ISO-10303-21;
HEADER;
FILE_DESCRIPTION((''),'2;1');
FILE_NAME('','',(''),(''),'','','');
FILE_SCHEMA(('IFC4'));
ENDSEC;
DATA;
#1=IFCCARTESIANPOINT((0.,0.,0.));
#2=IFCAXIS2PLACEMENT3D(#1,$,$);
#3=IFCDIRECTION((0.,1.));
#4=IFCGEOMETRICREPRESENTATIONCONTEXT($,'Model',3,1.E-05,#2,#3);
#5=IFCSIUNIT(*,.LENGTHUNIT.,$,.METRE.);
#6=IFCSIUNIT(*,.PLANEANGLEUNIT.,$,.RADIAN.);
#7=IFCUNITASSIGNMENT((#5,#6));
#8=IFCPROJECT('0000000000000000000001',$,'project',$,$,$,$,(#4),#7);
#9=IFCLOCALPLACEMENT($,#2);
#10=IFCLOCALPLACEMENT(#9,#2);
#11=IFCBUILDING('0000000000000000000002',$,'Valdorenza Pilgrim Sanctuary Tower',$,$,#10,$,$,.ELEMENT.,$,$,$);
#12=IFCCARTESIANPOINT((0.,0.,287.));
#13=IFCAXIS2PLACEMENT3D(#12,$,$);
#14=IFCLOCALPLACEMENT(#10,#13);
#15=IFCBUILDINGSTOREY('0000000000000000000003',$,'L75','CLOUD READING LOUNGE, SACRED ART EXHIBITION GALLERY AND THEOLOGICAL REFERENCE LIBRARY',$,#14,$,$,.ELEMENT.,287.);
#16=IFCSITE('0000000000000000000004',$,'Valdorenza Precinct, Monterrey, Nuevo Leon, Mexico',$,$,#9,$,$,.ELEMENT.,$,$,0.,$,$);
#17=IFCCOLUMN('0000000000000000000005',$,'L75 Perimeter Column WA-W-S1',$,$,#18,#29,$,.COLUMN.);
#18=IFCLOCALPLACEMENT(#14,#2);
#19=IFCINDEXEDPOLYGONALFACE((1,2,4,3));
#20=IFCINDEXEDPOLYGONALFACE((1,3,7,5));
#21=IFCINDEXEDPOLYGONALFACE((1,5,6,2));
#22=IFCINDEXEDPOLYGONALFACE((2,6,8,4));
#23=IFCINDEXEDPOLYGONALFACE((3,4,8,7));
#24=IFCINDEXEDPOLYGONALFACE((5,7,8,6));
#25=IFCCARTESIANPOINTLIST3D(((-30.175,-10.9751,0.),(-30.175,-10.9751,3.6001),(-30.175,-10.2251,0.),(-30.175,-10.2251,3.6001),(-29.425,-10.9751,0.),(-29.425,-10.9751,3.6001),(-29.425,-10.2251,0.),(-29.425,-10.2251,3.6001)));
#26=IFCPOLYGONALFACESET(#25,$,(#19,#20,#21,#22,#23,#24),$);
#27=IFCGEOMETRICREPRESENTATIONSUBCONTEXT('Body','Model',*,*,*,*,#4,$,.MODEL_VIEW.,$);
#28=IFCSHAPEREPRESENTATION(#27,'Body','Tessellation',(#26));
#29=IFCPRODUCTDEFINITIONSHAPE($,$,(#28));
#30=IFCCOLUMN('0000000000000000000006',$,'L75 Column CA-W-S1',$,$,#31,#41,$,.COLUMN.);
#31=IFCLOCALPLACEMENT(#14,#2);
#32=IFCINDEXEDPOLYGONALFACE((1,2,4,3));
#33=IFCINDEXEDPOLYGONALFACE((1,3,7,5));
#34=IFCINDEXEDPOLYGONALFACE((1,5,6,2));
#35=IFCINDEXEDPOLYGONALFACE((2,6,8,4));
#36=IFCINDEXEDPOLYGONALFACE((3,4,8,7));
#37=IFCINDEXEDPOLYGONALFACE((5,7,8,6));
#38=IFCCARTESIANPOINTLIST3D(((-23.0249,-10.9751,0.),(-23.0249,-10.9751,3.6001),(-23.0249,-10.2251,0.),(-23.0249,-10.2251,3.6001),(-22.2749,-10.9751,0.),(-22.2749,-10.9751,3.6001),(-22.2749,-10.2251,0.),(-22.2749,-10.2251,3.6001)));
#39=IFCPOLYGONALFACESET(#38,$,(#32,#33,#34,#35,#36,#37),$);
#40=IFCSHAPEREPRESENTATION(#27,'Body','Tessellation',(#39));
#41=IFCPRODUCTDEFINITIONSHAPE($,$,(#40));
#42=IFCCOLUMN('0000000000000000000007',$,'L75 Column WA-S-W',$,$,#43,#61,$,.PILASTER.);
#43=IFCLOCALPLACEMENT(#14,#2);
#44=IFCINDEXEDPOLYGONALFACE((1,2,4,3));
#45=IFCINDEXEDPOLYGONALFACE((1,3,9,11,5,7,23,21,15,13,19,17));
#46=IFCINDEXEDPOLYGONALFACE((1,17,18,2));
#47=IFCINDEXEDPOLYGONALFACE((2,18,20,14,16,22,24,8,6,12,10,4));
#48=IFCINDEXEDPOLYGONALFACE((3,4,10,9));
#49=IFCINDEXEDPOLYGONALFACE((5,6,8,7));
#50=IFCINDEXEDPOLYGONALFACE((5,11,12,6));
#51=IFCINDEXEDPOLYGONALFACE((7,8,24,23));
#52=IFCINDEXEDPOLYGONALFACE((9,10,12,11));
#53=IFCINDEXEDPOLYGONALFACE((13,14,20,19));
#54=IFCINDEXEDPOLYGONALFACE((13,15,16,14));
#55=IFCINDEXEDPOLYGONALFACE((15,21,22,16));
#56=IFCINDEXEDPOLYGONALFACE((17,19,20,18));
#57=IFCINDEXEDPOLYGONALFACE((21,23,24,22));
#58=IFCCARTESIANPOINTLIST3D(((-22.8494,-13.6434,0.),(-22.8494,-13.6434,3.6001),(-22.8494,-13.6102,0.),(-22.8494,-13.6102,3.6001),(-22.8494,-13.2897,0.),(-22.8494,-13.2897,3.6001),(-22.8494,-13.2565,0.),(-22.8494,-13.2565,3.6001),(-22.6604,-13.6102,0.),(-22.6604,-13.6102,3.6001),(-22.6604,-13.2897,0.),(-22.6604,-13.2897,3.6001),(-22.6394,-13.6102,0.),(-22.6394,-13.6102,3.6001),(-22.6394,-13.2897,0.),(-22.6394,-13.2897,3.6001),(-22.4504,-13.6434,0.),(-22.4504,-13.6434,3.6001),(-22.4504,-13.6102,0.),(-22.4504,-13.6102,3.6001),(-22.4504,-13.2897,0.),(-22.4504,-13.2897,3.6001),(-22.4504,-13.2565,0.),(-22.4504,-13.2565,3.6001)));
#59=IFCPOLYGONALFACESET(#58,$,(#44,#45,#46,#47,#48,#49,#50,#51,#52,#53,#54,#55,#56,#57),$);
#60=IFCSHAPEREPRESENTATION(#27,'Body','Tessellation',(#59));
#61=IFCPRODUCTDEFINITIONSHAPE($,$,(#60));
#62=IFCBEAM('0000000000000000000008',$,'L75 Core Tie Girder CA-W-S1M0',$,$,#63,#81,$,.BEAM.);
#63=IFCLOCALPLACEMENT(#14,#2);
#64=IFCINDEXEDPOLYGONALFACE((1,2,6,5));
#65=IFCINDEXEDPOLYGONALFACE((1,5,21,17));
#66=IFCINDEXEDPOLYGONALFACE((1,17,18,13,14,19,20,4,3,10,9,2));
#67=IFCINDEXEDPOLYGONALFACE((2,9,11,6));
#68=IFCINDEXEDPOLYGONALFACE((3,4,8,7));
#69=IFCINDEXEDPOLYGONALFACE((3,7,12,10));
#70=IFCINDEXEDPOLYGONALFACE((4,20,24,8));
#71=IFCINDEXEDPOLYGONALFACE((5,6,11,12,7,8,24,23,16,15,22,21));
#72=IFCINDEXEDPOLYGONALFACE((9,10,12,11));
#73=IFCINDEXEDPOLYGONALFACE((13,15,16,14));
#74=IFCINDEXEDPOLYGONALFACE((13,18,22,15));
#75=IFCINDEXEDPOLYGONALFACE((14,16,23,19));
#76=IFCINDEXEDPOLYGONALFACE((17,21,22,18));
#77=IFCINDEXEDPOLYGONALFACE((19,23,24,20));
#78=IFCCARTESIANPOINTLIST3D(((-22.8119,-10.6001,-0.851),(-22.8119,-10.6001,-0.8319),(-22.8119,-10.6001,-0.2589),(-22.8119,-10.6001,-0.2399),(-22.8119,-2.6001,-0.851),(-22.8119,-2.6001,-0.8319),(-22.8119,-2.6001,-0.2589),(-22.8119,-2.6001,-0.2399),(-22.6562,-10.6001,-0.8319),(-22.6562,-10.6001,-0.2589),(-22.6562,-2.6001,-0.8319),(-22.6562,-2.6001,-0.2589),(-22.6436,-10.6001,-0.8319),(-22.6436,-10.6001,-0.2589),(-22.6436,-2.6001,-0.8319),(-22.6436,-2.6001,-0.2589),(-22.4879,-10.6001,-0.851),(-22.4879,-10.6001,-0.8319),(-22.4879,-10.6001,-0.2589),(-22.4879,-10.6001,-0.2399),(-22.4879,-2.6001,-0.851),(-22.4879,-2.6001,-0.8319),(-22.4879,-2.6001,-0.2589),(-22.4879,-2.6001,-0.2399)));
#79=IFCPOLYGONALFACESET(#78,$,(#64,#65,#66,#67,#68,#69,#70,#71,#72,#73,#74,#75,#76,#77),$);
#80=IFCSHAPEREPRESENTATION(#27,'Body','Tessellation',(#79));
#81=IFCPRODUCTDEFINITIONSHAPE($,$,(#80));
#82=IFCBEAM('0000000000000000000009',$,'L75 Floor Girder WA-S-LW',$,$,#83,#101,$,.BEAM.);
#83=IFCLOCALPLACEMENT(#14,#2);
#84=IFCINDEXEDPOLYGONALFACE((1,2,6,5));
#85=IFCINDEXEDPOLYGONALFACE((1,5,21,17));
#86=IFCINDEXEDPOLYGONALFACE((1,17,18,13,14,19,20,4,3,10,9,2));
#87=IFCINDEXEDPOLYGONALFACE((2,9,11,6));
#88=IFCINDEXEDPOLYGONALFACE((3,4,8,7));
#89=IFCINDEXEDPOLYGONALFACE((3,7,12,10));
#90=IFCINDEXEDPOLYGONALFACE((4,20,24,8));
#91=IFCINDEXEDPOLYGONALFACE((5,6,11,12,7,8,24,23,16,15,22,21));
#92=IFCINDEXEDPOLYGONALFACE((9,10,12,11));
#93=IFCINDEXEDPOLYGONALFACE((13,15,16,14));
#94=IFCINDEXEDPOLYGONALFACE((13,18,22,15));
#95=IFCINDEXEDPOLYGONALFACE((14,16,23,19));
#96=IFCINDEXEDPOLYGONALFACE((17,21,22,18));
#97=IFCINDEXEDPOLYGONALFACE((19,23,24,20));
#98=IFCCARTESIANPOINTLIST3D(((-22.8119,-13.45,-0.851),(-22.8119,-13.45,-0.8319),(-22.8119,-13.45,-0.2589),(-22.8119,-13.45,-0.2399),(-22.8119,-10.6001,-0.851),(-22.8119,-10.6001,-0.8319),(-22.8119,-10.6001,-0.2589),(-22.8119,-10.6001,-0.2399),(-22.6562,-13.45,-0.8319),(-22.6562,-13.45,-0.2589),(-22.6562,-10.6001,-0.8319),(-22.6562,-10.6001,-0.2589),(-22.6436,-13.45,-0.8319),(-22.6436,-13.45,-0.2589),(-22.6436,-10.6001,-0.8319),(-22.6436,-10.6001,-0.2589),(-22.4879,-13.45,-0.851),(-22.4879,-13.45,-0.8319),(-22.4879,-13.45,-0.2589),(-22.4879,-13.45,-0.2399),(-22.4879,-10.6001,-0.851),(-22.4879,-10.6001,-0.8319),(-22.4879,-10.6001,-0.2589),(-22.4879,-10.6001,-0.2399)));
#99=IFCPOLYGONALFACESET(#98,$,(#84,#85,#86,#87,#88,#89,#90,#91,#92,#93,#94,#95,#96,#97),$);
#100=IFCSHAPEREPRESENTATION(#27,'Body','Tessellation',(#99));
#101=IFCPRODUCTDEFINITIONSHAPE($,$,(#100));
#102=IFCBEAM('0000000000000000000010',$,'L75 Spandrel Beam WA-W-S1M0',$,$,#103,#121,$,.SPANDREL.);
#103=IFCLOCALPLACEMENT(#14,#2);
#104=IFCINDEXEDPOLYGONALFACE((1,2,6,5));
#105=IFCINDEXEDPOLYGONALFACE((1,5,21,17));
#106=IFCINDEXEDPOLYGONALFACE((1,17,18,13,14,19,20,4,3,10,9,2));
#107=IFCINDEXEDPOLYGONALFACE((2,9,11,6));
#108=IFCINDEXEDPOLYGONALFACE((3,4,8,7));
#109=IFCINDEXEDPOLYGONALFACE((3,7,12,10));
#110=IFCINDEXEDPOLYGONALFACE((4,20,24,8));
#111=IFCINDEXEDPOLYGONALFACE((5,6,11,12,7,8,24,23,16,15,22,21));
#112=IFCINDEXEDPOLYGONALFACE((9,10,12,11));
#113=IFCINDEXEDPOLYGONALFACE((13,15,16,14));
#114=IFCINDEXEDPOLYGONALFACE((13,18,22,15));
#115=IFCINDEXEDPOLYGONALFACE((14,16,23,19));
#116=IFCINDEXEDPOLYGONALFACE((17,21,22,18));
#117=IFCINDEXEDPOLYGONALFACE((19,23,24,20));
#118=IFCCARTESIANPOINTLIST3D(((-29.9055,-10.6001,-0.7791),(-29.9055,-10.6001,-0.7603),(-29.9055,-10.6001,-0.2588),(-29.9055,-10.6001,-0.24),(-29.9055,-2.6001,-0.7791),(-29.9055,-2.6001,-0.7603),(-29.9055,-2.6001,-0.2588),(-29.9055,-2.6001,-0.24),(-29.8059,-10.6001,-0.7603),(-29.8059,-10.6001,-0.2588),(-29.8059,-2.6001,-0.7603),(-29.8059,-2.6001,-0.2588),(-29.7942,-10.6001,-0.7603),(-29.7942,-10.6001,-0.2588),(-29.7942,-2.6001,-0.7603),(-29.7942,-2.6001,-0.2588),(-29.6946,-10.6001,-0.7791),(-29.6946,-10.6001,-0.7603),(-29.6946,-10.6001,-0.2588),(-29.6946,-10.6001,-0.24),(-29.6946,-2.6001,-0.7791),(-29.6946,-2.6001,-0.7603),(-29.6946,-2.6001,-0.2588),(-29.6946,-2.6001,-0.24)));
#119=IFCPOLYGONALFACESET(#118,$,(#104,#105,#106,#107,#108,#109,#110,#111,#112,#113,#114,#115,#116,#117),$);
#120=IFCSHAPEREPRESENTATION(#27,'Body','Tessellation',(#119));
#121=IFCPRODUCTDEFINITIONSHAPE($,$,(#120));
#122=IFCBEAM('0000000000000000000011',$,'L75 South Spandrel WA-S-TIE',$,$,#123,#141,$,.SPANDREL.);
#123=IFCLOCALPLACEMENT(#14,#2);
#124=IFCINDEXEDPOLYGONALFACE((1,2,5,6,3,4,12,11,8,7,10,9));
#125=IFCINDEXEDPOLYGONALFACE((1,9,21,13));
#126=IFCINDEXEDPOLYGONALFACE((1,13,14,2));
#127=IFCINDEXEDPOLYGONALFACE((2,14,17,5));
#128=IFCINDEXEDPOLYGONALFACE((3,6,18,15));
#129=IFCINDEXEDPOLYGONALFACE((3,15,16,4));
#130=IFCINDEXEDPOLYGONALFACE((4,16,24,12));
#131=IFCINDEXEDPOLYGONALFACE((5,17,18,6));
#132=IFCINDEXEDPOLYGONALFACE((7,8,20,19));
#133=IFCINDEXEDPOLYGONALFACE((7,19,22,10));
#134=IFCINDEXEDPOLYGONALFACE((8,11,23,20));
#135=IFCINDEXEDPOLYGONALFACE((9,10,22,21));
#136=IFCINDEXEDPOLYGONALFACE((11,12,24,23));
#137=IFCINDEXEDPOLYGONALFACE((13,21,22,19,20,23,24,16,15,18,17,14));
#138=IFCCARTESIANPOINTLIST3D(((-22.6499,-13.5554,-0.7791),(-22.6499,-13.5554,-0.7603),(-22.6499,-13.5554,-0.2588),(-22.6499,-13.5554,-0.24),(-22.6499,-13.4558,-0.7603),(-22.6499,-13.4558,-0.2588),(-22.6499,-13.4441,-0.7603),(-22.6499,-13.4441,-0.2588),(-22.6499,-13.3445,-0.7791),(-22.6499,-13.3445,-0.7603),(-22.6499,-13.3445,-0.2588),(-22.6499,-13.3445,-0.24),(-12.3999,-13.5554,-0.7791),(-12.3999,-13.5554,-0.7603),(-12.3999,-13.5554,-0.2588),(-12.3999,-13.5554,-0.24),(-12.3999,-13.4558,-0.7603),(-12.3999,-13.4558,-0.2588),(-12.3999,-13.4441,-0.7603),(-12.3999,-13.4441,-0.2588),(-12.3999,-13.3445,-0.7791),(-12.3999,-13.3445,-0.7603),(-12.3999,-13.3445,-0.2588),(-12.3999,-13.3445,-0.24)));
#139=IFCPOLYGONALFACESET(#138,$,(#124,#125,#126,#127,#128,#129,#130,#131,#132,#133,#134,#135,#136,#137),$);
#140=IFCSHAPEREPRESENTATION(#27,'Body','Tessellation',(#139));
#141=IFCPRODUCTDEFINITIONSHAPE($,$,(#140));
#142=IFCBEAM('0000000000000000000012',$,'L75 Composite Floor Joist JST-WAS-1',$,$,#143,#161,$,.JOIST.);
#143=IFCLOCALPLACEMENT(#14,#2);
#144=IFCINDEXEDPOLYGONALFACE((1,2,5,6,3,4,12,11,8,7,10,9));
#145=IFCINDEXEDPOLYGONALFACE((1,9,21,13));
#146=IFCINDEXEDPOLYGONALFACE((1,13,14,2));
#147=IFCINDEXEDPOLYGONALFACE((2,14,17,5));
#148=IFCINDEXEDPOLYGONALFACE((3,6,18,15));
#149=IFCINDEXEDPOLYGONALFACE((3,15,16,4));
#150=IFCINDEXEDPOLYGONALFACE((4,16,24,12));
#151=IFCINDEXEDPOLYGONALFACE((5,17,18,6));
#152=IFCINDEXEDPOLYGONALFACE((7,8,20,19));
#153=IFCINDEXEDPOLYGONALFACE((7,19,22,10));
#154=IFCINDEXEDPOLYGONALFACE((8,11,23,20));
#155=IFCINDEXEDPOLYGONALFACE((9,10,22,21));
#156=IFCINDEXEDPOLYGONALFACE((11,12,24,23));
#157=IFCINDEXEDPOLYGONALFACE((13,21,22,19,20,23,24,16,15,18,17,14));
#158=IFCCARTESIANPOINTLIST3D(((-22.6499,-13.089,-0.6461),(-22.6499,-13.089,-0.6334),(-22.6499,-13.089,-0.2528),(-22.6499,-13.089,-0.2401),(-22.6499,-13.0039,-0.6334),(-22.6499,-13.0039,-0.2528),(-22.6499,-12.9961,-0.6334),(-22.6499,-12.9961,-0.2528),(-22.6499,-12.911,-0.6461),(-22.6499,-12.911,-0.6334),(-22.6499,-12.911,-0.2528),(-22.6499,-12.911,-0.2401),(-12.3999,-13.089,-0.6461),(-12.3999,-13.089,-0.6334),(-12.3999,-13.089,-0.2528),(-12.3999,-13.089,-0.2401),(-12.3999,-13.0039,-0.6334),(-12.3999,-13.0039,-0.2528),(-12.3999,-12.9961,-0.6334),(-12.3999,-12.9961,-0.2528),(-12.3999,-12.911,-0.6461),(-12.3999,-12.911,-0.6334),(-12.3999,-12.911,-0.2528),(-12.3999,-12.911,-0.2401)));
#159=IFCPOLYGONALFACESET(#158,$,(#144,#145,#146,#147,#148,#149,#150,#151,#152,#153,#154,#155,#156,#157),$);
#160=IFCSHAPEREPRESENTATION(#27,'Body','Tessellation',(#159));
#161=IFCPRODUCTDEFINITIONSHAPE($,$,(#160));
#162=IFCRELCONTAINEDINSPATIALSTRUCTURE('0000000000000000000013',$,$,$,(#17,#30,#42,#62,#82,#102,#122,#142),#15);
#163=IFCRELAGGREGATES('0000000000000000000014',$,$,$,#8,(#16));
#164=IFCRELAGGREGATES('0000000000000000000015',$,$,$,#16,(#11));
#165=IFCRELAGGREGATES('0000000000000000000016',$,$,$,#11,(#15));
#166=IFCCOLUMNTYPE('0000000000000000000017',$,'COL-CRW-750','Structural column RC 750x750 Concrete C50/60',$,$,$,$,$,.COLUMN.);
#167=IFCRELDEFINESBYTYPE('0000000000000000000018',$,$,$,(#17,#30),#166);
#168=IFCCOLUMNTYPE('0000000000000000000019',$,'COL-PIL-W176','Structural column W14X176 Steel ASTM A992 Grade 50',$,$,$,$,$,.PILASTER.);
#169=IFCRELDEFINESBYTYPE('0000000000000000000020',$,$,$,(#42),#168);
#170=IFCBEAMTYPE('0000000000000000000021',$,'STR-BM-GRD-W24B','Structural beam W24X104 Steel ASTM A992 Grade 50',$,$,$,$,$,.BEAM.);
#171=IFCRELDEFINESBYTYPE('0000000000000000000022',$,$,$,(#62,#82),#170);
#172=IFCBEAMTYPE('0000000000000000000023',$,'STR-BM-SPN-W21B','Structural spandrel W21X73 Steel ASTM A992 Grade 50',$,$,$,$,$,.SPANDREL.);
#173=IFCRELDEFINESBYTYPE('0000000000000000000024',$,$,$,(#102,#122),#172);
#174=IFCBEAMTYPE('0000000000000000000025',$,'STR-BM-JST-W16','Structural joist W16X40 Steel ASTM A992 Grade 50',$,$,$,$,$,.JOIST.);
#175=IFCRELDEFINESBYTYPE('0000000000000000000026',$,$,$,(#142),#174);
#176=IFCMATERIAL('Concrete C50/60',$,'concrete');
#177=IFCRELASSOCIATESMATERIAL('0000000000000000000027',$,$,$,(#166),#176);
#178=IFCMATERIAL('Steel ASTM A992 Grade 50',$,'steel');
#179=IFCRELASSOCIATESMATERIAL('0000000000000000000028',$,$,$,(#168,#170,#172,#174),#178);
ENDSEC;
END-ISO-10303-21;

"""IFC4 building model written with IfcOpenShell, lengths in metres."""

from ifc_helpers import new_model, si_unit, direction, frame, origin, origin_2d, place, context, subcontext, project, spatial, rectangle, i_section, extrude, source, transform, mapped, material, material_profile, profile_set, type_object, element, save


model = new_model("IFC4")

# Units and contexts
model_context = context("Model", 3, precision=1e-05, world=origin(), true_north=direction((0.0, 1.0)))
body_context = subcontext(model_context, "Body", "Model", "MODEL_VIEW")
ifc_project = project(units=[si_unit("LENGTHUNIT", "METRE"), si_unit("PLANEANGLEUNIT", "RADIAN")], contexts=[model_context])

# Site, building, storey
site_placement = place(None, origin())
site = spatial("IfcSite", under=ifc_project, at=site_placement, Name="Valdorenza Precinct, Monterrey, Nuevo Leon, Mexico", CompositionType="ELEMENT", RefElevation=0.0)
building_placement = place(site_placement, origin())
building = spatial("IfcBuilding", under=site, at=building_placement, Name="Valdorenza Pilgrim Sanctuary Tower", CompositionType="ELEMENT")
storey_placement = place(building_placement, frame((0.0, 0.0, 287.0)))
storey = spatial("IfcBuildingStorey", under=building, at=storey_placement, Name="L75", Description="CLOUD READING LOUNGE, SACRED ART EXHIBITION GALLERY AND THEOLOGICAL REFERENCE LIBRARY", CompositionType="ELEMENT", Elevation=287.0)

# Columns
ifc_material_1 = material(Name="Concrete C50/60", Category="concrete")
ifc_material_profile_1 = material_profile(ifc_material_1, rectangle(XDim=0.75, YDim=0.75, at=origin_2d()), Name="RC 750x750")
ifc_profile_set_1 = profile_set([ifc_material_profile_1], Name="Concrete C50/60")
column_type_1 = type_object("IfcColumnType", Name="COL-CRW-750", Description="Structural column RC 750x750 Concrete C50/60", PredefinedType="COLUMN", material=ifc_profile_set_1)
shared_shape_1 = source(origin(), body_context, "Body", "SweptSolid", [
    extrude(rectangle(XDim=0.75, YDim=0.75, at=origin_2d()), origin(), (0.0, 0.0, 1.0), 3.6001),
])
for number, where, z_axis, x_axis, name in (
    (1, (-29.8, -10.6001, 0.0), (0.0, 0.0, 1.0), (1.0, 0.0, 0.0), "L75 Perimeter Column WA-W-S1"),
    (2, (-22.6499, -10.6001, 0.0), (0.0, 0.0, 1.0), (1.0, 0.0, 0.0), "L75 Column CA-W-S1"),
):
    element("IfcColumn", number, at=place(storey_placement, frame(where, z_axis=z_axis, x_axis=x_axis)), inside=storey, type_object=column_type_1, Name=name, PredefinedType="COLUMN", context=body_context, shape_type="MappedRepresentation", body=[
        mapped(shared_shape_1, transform((0.0, 0.0, 0.0), x_axis=(1.0, 0.0, 0.0), y_axis=(0.0, 1.0, 0.0), z_axis=(0.0, 0.0, 1.0), scale=1.0)),
    ])
ifc_material_2 = material(Name="Steel ASTM A992 Grade 50", Category="steel")
ifc_material_profile_2 = material_profile(ifc_material_2, i_section(OverallWidth=0.3989, OverallDepth=0.387, WebThickness=0.021, FlangeThickness=0.0332, at=origin_2d()), Name="W14X176")
ifc_profile_set_2 = profile_set([ifc_material_profile_2], Name="Steel ASTM A992 Grade 50")
column_type_2 = type_object("IfcColumnType", Name="COL-PIL-W176", Description="Structural column W14X176 Steel ASTM A992 Grade 50", PredefinedType="PILASTER", material=ifc_profile_set_2)
shared_shape_2 = source(origin(), body_context, "Body", "SweptSolid", [
    extrude(i_section(OverallWidth=0.3989, OverallDepth=0.387, WebThickness=0.021, FlangeThickness=0.0332, at=origin_2d()), origin(), (0.0, 0.0, 1.0), 3.6001),
])
column_placement = place(storey_placement, frame((-22.6499, -13.45, 0.0), z_axis=(0.0, 0.0, 1.0), x_axis=(1.0, 0.0, 0.0)))
element("IfcColumn", 3, at=column_placement, inside=storey, type_object=column_type_2, Name="L75 Column WA-S-W", PredefinedType="PILASTER", context=body_context, shape_type="MappedRepresentation", body=[
    mapped(shared_shape_2, transform((0.0, 0.0, 0.0), x_axis=(1.0, 0.0, 0.0), y_axis=(0.0, 1.0, 0.0), z_axis=(0.0, 0.0, 1.0), scale=1.0)),
])

# Beams
ifc_material_profile_3 = material_profile(ifc_material_2, i_section(OverallWidth=0.324, OverallDepth=0.6111, WebThickness=0.0127, FlangeThickness=0.019, at=origin_2d()), Name="W24X104")
ifc_profile_set_3 = profile_set([ifc_material_profile_3], Name="Steel ASTM A992 Grade 50")
beam_type_1 = type_object("IfcBeamType", Name="STR-BM-GRD-W24B", Description="Structural beam W24X104 Steel ASTM A992 Grade 50", PredefinedType="BEAM", material=ifc_profile_set_3)
shared_shape_3 = source(origin(), body_context, "Body", "SweptSolid", [
    extrude(i_section(OverallWidth=0.324, OverallDepth=0.6111, WebThickness=0.0127, FlangeThickness=0.019, at=origin_2d()), origin(), (0.0, 0.0, 1.0), 8.0),
])
beam_1_placement = place(storey_placement, frame((-22.6499, -10.6001, -0.5454), z_axis=(0.0, 1.0, 0.0), x_axis=(-1.0, 0.0, 0.0)))
element("IfcBeam", 4, at=beam_1_placement, inside=storey, type_object=beam_type_1, Name="L75 Core Tie Girder CA-W-S1M0", PredefinedType="BEAM", context=body_context, shape_type="MappedRepresentation", body=[
    mapped(shared_shape_3, transform((0.0, 0.0, 0.0), x_axis=(1.0, 0.0, 0.0), y_axis=(0.0, 1.0, 0.0), z_axis=(0.0, 0.0, 1.0), scale=1.0)),
])
shared_shape_4 = source(origin(), body_context, "Body", "SweptSolid", [
    extrude(i_section(OverallWidth=0.324, OverallDepth=0.6111, WebThickness=0.0127, FlangeThickness=0.019, at=origin_2d()), origin(), (0.0, 0.0, 1.0), 2.8499),
])
beam_2_placement = place(storey_placement, frame((-22.6499, -13.45, -0.5454), z_axis=(0.0, 1.0, 0.0), x_axis=(-1.0, 0.0, 0.0)))
element("IfcBeam", 5, at=beam_2_placement, inside=storey, type_object=beam_type_1, Name="L75 Floor Girder WA-S-LW", PredefinedType="BEAM", context=body_context, shape_type="MappedRepresentation", body=[
    mapped(shared_shape_4, transform((0.0, 0.0, 0.0), x_axis=(1.0, 0.0, 0.0), y_axis=(0.0, 1.0, 0.0), z_axis=(0.0, 0.0, 1.0), scale=1.0)),
])
ifc_material_profile_4 = material_profile(ifc_material_2, i_section(OverallWidth=0.2109, OverallDepth=0.5391, WebThickness=0.0117, FlangeThickness=0.0188, at=origin_2d()), Name="W21X73")
ifc_profile_set_4 = profile_set([ifc_material_profile_4], Name="Steel ASTM A992 Grade 50")
beam_type_2 = type_object("IfcBeamType", Name="STR-BM-SPN-W21B", Description="Structural spandrel W21X73 Steel ASTM A992 Grade 50", PredefinedType="SPANDREL", material=ifc_profile_set_4)
shared_shape_5 = source(origin(), body_context, "Body", "SweptSolid", [
    extrude(i_section(OverallWidth=0.2109, OverallDepth=0.5391, WebThickness=0.0117, FlangeThickness=0.0188, at=origin_2d()), origin(), (0.0, 0.0, 1.0), 8.0),
])
beam_3_placement = place(storey_placement, frame((-29.8, -10.6001, -0.5095), z_axis=(0.0, 1.0, 0.0), x_axis=(-1.0, 0.0, 0.0)))
element("IfcBeam", 6, at=beam_3_placement, inside=storey, type_object=beam_type_2, Name="L75 Spandrel Beam WA-W-S1M0", PredefinedType="SPANDREL", context=body_context, shape_type="MappedRepresentation", body=[
    mapped(shared_shape_5, transform((0.0, 0.0, 0.0), x_axis=(1.0, 0.0, 0.0), y_axis=(0.0, 1.0, 0.0), z_axis=(0.0, 0.0, 1.0), scale=1.0)),
])
shared_shape_6 = source(origin(), body_context, "Body", "SweptSolid", [
    extrude(i_section(OverallWidth=0.2109, OverallDepth=0.5391, WebThickness=0.0117, FlangeThickness=0.0188, at=origin_2d()), origin(), (0.0, 0.0, 1.0), 10.25),
])
beam_4_placement = place(storey_placement, frame((-22.6499, -13.45, -0.5095), z_axis=(1.0, 0.0, 0.0), x_axis=(0.0, 1.0, 0.0)))
element("IfcBeam", 7, at=beam_4_placement, inside=storey, type_object=beam_type_2, Name="L75 South Spandrel WA-S-TIE", PredefinedType="SPANDREL", context=body_context, shape_type="MappedRepresentation", body=[
    mapped(shared_shape_6, transform((0.0, 0.0, 0.0), x_axis=(1.0, 0.0, 0.0), y_axis=(0.0, 1.0, 0.0), z_axis=(0.0, 0.0, 1.0), scale=1.0)),
])
ifc_material_profile_5 = material_profile(ifc_material_2, i_section(OverallWidth=0.178, OverallDepth=0.406, WebThickness=0.0078, FlangeThickness=0.0127, at=origin_2d()), Name="W16X40")
ifc_profile_set_5 = profile_set([ifc_material_profile_5], Name="Steel ASTM A992 Grade 50")
beam_type_3 = type_object("IfcBeamType", Name="STR-BM-JST-W16", Description="Structural joist W16X40 Steel ASTM A992 Grade 50", PredefinedType="JOIST", material=ifc_profile_set_5)
shared_shape_7 = source(origin(), body_context, "Body", "SweptSolid", [
    extrude(i_section(OverallWidth=0.178, OverallDepth=0.406, WebThickness=0.0078, FlangeThickness=0.0127, at=origin_2d()), origin(), (0.0, 0.0, 1.0), 10.25),
])
for number, where, z_axis, x_axis, name in (
    (8, (-22.6499, -13.0, -0.4431), (1.0, 0.0, 0.0), (0.0, 1.0, 0.0), "L75 Composite Floor Joist JST-WAS-1"),
):
    element("IfcBeam", number, at=place(storey_placement, frame(where, z_axis=z_axis, x_axis=x_axis)), inside=storey, type_object=beam_type_3, Name=name, PredefinedType="JOIST", context=body_context, shape_type="MappedRepresentation", body=[
        mapped(shared_shape_7, transform((0.0, 0.0, 0.0), x_axis=(1.0, 0.0, 0.0), y_axis=(0.0, 1.0, 0.0), z_axis=(0.0, 0.0, 1.0), scale=1.0)),
    ])

save(model, "model.ifc")
